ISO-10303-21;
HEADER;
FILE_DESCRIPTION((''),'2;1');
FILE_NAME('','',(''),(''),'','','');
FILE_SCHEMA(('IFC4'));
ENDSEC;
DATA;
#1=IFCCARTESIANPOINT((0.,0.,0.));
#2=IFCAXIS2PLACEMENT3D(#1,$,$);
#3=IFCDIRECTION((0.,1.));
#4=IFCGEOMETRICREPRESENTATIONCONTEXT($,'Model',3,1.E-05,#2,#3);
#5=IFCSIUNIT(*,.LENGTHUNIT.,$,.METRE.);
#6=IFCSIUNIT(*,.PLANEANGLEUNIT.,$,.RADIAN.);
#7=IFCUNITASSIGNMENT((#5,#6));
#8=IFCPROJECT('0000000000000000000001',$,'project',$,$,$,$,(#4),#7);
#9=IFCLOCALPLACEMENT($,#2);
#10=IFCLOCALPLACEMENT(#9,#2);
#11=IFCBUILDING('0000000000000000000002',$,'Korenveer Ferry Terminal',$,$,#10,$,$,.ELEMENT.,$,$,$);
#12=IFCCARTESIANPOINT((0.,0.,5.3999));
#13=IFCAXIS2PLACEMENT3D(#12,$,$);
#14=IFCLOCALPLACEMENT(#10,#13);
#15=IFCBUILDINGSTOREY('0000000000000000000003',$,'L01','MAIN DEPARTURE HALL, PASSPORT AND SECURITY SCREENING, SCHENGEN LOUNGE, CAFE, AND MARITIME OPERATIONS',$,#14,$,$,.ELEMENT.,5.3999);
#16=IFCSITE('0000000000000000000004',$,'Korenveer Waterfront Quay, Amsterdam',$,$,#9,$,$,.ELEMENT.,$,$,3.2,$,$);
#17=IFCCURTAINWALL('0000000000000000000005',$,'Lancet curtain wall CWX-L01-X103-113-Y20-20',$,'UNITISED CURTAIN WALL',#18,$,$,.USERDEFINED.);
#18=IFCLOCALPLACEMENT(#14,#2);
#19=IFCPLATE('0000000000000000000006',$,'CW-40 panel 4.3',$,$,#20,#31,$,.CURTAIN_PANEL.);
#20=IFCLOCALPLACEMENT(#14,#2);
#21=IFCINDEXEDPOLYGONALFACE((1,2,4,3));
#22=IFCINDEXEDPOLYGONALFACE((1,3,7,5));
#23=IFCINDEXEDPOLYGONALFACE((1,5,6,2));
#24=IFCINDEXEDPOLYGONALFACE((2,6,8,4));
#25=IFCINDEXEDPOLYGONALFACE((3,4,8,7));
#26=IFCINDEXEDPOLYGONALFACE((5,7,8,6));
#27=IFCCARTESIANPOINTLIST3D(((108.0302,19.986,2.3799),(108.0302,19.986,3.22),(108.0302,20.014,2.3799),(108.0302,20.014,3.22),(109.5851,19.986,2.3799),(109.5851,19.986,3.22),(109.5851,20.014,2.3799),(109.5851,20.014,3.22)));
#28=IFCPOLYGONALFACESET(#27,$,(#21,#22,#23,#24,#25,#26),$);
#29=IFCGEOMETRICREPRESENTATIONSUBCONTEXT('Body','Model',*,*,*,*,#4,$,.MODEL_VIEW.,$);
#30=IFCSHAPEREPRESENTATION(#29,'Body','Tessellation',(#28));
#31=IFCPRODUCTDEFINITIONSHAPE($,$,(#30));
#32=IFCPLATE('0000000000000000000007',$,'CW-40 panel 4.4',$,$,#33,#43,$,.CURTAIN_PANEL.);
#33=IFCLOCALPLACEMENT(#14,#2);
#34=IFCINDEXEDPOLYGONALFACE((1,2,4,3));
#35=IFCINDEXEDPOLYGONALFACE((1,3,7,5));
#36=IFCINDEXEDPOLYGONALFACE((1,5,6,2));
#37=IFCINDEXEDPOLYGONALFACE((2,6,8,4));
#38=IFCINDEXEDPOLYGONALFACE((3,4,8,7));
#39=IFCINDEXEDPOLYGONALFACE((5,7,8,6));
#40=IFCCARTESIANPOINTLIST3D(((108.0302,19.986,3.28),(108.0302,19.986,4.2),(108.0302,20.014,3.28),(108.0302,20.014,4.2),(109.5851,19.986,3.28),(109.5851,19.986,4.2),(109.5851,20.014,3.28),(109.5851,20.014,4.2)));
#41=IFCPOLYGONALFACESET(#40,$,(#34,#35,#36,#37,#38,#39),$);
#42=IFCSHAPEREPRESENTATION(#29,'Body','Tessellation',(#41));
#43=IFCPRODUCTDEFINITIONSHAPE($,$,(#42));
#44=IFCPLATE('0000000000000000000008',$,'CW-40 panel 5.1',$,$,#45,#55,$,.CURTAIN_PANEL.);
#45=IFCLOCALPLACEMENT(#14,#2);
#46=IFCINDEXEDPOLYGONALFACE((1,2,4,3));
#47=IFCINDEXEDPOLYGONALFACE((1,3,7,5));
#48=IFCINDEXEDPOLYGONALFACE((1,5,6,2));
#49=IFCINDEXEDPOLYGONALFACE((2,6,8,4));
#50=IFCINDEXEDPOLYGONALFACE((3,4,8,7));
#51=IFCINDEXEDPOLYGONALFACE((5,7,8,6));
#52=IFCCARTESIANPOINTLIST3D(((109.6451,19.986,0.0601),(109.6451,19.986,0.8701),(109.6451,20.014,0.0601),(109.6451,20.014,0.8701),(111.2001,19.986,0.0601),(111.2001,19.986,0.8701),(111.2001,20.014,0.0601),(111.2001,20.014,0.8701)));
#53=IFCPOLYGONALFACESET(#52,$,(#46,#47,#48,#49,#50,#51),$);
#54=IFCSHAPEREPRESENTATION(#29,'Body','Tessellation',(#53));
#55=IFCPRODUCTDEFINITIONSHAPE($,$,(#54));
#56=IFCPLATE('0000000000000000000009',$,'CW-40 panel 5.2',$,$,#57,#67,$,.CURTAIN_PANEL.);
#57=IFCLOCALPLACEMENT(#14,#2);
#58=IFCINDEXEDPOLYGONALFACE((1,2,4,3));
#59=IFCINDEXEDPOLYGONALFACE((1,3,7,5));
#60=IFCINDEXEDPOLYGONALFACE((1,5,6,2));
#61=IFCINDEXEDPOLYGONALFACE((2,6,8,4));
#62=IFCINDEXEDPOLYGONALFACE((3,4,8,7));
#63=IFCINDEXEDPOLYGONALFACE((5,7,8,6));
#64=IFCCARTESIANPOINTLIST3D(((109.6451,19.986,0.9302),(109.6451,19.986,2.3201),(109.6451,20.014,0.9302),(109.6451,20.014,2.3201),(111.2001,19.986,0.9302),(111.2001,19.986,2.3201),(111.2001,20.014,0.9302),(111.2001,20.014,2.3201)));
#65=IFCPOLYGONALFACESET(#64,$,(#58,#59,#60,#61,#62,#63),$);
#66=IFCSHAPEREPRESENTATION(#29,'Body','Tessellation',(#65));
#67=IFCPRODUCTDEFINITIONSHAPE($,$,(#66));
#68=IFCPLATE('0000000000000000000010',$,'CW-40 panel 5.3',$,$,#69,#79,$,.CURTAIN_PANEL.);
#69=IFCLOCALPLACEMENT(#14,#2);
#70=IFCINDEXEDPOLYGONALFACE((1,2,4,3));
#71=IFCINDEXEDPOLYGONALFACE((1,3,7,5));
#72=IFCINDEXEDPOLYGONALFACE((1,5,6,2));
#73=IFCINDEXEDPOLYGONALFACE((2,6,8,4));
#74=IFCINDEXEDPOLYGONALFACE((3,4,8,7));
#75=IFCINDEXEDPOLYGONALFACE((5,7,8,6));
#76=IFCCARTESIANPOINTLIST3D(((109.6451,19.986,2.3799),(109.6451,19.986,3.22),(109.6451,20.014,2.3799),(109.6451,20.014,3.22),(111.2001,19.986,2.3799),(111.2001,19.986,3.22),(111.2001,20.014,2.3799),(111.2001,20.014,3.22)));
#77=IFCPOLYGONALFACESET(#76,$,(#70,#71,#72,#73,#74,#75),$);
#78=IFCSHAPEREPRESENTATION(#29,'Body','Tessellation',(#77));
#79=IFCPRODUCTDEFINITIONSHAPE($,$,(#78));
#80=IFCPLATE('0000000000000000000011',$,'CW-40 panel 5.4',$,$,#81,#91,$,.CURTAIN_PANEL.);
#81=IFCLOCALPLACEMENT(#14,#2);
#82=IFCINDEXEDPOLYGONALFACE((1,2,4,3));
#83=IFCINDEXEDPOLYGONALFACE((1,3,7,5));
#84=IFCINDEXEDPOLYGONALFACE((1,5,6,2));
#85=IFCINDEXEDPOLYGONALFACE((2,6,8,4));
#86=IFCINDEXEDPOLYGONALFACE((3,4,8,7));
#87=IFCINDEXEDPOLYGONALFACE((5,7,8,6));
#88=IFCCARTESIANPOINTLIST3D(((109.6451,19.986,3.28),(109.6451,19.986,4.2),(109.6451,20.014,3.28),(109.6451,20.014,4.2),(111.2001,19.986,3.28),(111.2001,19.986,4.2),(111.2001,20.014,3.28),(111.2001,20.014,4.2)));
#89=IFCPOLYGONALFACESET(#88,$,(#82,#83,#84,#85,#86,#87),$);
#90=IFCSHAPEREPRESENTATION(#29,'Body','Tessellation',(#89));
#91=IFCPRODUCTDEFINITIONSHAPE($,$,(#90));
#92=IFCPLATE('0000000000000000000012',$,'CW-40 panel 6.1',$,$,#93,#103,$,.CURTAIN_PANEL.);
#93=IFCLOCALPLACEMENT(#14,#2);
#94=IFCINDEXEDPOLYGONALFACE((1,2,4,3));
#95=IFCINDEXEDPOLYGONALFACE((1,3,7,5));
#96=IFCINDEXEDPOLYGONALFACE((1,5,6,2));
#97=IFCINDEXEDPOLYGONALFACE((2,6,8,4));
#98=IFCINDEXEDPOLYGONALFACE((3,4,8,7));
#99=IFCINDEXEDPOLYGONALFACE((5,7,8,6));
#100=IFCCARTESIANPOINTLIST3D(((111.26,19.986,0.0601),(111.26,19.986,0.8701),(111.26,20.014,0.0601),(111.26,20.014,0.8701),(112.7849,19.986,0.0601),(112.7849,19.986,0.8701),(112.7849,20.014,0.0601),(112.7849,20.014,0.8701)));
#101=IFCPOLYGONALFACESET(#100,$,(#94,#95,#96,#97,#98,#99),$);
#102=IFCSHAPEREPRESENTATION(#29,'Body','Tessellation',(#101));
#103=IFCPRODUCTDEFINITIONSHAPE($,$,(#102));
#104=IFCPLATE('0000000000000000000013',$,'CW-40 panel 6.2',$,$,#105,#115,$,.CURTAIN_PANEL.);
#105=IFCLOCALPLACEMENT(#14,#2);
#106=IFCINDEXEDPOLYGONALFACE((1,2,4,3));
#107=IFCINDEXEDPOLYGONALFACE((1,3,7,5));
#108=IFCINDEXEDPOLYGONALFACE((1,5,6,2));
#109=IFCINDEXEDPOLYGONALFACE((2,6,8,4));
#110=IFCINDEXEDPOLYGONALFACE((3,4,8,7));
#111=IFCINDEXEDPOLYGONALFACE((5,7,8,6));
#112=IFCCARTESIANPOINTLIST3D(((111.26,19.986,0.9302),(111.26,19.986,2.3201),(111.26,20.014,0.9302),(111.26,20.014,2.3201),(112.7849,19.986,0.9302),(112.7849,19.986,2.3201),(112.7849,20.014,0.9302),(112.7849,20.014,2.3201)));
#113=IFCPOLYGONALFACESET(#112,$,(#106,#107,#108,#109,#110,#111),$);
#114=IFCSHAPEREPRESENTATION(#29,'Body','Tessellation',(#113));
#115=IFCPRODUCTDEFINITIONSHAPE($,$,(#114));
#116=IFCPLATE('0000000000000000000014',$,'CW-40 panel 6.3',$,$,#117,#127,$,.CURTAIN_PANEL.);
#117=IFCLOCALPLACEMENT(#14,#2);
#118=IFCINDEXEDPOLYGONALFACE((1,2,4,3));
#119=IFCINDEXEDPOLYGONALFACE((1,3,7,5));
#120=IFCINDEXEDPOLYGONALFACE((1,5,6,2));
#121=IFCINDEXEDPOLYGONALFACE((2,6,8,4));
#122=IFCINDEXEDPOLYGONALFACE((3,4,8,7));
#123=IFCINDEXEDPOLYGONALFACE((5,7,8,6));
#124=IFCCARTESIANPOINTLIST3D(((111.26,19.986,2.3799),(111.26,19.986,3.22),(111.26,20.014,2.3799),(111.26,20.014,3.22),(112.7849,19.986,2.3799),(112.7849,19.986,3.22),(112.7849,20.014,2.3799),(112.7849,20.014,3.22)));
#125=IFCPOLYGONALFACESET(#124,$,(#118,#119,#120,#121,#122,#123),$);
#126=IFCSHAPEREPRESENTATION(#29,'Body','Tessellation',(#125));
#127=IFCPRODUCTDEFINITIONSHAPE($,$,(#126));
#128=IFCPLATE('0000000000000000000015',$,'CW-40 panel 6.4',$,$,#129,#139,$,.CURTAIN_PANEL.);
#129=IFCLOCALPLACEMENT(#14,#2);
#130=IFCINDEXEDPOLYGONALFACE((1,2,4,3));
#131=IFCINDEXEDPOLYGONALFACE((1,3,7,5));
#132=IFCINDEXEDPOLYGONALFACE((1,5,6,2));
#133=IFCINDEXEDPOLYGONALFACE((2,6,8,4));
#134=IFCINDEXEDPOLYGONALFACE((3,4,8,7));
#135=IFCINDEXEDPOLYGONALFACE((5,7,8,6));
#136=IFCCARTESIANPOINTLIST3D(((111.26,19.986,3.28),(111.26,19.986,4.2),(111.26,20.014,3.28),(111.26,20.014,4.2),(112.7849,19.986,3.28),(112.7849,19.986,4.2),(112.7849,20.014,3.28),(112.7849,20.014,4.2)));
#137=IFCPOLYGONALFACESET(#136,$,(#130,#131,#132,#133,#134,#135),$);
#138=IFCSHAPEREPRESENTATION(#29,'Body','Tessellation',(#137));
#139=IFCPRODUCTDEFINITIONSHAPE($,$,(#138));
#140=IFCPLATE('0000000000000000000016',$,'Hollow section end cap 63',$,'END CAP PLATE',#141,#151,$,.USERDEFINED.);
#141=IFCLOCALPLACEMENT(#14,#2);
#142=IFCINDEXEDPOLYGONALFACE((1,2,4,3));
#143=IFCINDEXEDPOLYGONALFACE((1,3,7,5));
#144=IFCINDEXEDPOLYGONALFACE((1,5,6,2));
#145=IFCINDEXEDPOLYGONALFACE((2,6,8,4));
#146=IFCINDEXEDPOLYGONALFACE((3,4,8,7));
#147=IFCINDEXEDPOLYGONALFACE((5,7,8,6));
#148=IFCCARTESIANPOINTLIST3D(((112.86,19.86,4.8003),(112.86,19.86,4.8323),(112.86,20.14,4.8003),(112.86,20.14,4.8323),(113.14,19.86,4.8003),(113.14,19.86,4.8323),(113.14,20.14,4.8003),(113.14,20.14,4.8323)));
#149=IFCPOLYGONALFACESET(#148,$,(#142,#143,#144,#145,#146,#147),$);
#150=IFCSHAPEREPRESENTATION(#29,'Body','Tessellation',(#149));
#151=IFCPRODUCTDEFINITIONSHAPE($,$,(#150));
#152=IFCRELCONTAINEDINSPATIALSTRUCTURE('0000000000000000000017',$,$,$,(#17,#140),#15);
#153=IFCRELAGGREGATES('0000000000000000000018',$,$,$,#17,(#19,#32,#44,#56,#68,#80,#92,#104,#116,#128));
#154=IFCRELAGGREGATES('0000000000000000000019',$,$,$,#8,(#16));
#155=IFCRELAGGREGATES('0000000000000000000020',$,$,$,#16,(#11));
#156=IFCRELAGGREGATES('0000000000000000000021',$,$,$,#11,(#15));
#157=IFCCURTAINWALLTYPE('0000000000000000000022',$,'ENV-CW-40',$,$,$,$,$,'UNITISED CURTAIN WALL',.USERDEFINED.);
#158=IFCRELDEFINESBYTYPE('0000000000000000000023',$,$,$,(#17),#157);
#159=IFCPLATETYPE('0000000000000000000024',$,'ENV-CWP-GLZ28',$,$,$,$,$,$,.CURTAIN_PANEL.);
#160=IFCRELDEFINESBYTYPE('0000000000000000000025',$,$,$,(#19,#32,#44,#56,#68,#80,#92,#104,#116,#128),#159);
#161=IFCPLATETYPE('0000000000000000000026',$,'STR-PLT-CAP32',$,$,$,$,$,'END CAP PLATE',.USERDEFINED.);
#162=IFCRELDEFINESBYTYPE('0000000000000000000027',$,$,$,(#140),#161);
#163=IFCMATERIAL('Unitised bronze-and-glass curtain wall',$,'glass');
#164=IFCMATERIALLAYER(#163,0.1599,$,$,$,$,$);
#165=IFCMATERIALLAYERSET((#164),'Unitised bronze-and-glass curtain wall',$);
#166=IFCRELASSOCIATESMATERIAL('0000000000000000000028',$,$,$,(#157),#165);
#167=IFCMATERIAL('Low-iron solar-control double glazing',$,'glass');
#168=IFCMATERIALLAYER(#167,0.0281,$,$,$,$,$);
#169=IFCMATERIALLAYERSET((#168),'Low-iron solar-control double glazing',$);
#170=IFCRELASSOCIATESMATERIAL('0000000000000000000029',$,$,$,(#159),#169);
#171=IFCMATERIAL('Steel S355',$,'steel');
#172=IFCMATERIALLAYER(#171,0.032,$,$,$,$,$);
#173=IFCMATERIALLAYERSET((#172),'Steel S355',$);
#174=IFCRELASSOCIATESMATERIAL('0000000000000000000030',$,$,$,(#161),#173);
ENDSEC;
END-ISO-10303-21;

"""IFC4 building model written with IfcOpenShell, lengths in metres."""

from ifc_helpers import new_model, si_unit, direction, frame, origin, origin_2d, place, context, subcontext, project, spatial, rectangle, extrude, material, layer, layer_set, type_object, element, aggregate, save


model = new_model("IFC4")

# Units and contexts
model_context = context("Model", 3, precision=1e-05, world=origin(), true_north=direction((0.0, 1.0)))
body_context = subcontext(model_context, "Body", "Model", "MODEL_VIEW")
ifc_project = project(units=[si_unit("LENGTHUNIT", "METRE"), si_unit("PLANEANGLEUNIT", "RADIAN")], contexts=[model_context])

# Site, building, storey
site_placement = place(None, origin())
site = spatial("IfcSite", under=ifc_project, at=site_placement, Name="Korenveer Waterfront Quay, Amsterdam", CompositionType="ELEMENT", RefElevation=3.2)
building_placement = place(site_placement, origin())
building = spatial("IfcBuilding", under=site, at=building_placement, Name="Korenveer Ferry Terminal", CompositionType="ELEMENT")
storey_placement = place(building_placement, frame((0.0, 0.0, 5.3999)))
storey = spatial("IfcBuildingStorey", under=building, at=storey_placement, Name="L01", Description="MAIN DEPARTURE HALL, PASSPORT AND SECURITY SCREENING, SCHENGEN LOUNGE, CAFE, AND MARITIME OPERATIONS", CompositionType="ELEMENT", Elevation=5.3999)

# Shared definitions
ifc_material_1 = material(Name="Steel S355", Category="steel")

# Curtain wall
ifc_material_2 = material(Name="Unitised bronze-and-glass curtain wall", Category="glass")
ifc_layer_1 = layer(ifc_material_2, 0.1599)
ifc_layer_set_1 = layer_set([ifc_layer_1], Name="Unitised bronze-and-glass curtain wall")
curtain_wall_type_1 = type_object("IfcCurtainWallType", Name="ENV-CW-40", ElementType="UNITISED CURTAIN WALL", PredefinedType="USERDEFINED", material=ifc_layer_set_1)
curtain_wall_1_placement = place(storey_placement, frame((103.155, 20.0, 0.0)))
curtain_wall_1 = element("IfcCurtainWall", 1, at=curtain_wall_1_placement, inside=storey, type_object=curtain_wall_type_1, Name="Lancet curtain wall CWX-L01-X103-113-Y20-20", ObjectType="UNITISED CURTAIN WALL", PredefinedType="USERDEFINED")

# Plates
ifc_material_3 = material(Name="Low-iron solar-control double glazing", Category="glass")
ifc_layer_2 = layer(ifc_material_3, 0.0281)
ifc_layer_set_2 = layer_set([ifc_layer_2], Name="Low-iron solar-control double glazing")
plate_type_1 = type_object("IfcPlateType", Name="ENV-CWP-GLZ28", PredefinedType="CURTAIN_PANEL", material=ifc_layer_set_2)
plate_1_placement = place(storey_placement, frame((108.8076, 20.0, 2.3799), z_axis=(0.0, 0.0, 1.0), x_axis=(1.0, 0.0, 0.0)))
plate_1 = element("IfcPlate", 2, at=plate_1_placement, type_object=plate_type_1, Name="CW-40 panel 4.3", PredefinedType="CURTAIN_PANEL", context=body_context, shape_type="SweptSolid", body=[
    extrude(rectangle(XDim=1.5549, YDim=0.0281, at=origin_2d()), origin(), (0.0, 0.0, 1.0), 0.8401),
])
plate_2_placement = place(storey_placement, frame((108.8076, 20.0, 3.28), z_axis=(0.0, 0.0, 1.0), x_axis=(1.0, 0.0, 0.0)))
plate_2 = element("IfcPlate", 3, at=plate_2_placement, type_object=plate_type_1, Name="CW-40 panel 4.4", PredefinedType="CURTAIN_PANEL", context=body_context, shape_type="SweptSolid", body=[
    extrude(rectangle(XDim=1.5549, YDim=0.0281, at=origin_2d()), origin(), (0.0, 0.0, 1.0), 0.9199),
])
plate_3_placement = place(storey_placement, frame((110.4226, 20.0, 0.0601), z_axis=(0.0, 0.0, 1.0), x_axis=(1.0, 0.0, 0.0)))
plate_3 = element("IfcPlate", 4, at=plate_3_placement, type_object=plate_type_1, Name="CW-40 panel 5.1", PredefinedType="CURTAIN_PANEL", context=body_context, shape_type="SweptSolid", body=[
    extrude(rectangle(XDim=1.5549, YDim=0.0281, at=origin_2d()), origin(), (0.0, 0.0, 1.0), 0.8101),
])
plate_4_placement = place(storey_placement, frame((110.4226, 20.0, 0.9302), z_axis=(0.0, 0.0, 1.0), x_axis=(1.0, 0.0, 0.0)))
plate_4 = element("IfcPlate", 5, at=plate_4_placement, type_object=plate_type_1, Name="CW-40 panel 5.2", PredefinedType="CURTAIN_PANEL", context=body_context, shape_type="SweptSolid", body=[
    extrude(rectangle(XDim=1.5549, YDim=0.0281, at=origin_2d()), origin(), (0.0, 0.0, 1.0), 1.3899),
])
plate_5_placement = place(storey_placement, frame((110.4226, 20.0, 2.3799), z_axis=(0.0, 0.0, 1.0), x_axis=(1.0, 0.0, 0.0)))
plate_5 = element("IfcPlate", 6, at=plate_5_placement, type_object=plate_type_1, Name="CW-40 panel 5.3", PredefinedType="CURTAIN_PANEL", context=body_context, shape_type="SweptSolid", body=[
    extrude(rectangle(XDim=1.5549, YDim=0.0281, at=origin_2d()), origin(), (0.0, 0.0, 1.0), 0.8401),
])
plate_6_placement = place(storey_placement, frame((110.4226, 20.0, 3.28), z_axis=(0.0, 0.0, 1.0), x_axis=(1.0, 0.0, 0.0)))
plate_6 = element("IfcPlate", 7, at=plate_6_placement, type_object=plate_type_1, Name="CW-40 panel 5.4", PredefinedType="CURTAIN_PANEL", context=body_context, shape_type="SweptSolid", body=[
    extrude(rectangle(XDim=1.5549, YDim=0.0281, at=origin_2d()), origin(), (0.0, 0.0, 1.0), 0.9199),
])
plate_7_placement = place(storey_placement, frame((112.0225, 20.0, 0.0601), z_axis=(0.0, 0.0, 1.0), x_axis=(1.0, 0.0, 0.0)))
plate_7 = element("IfcPlate", 8, at=plate_7_placement, type_object=plate_type_1, Name="CW-40 panel 6.1", PredefinedType="CURTAIN_PANEL", context=body_context, shape_type="SweptSolid", body=[
    extrude(rectangle(XDim=1.5249, YDim=0.0281, at=origin_2d()), origin(), (0.0, 0.0, 1.0), 0.8101),
])
plate_8_placement = place(storey_placement, frame((112.0225, 20.0, 0.9302), z_axis=(0.0, 0.0, 1.0), x_axis=(1.0, 0.0, 0.0)))
plate_8 = element("IfcPlate", 9, at=plate_8_placement, type_object=plate_type_1, Name="CW-40 panel 6.2", PredefinedType="CURTAIN_PANEL", context=body_context, shape_type="SweptSolid", body=[
    extrude(rectangle(XDim=1.5249, YDim=0.0281, at=origin_2d()), origin(), (0.0, 0.0, 1.0), 1.3899),
])
plate_9_placement = place(storey_placement, frame((112.0225, 20.0, 2.3799), z_axis=(0.0, 0.0, 1.0), x_axis=(1.0, 0.0, 0.0)))
plate_9 = element("IfcPlate", 10, at=plate_9_placement, type_object=plate_type_1, Name="CW-40 panel 6.3", PredefinedType="CURTAIN_PANEL", context=body_context, shape_type="SweptSolid", body=[
    extrude(rectangle(XDim=1.5249, YDim=0.0281, at=origin_2d()), origin(), (0.0, 0.0, 1.0), 0.8401),
])
plate_10_placement = place(storey_placement, frame((112.0225, 20.0, 3.28), z_axis=(0.0, 0.0, 1.0), x_axis=(1.0, 0.0, 0.0)))
plate_10 = element("IfcPlate", 11, at=plate_10_placement, type_object=plate_type_1, Name="CW-40 panel 6.4", PredefinedType="CURTAIN_PANEL", context=body_context, shape_type="SweptSolid", body=[
    extrude(rectangle(XDim=1.5249, YDim=0.0281, at=origin_2d()), origin(), (0.0, 0.0, 1.0), 0.9199),
])
aggregate(curtain_wall_1, [plate_1, plate_2, plate_3, plate_4, plate_5, plate_6, plate_7, plate_8, plate_9, plate_10])
ifc_layer_3 = layer(ifc_material_1, 0.032)
ifc_layer_set_3 = layer_set([ifc_layer_3], Name="Steel S355")
plate_type_2 = type_object("IfcPlateType", Name="STR-PLT-CAP32", ElementType="END CAP PLATE", PredefinedType="USERDEFINED", material=ifc_layer_set_3)
plate_11_placement = place(storey_placement, frame((113.0, 20.0, 4.8003), z_axis=(0.0, 0.0, 1.0), x_axis=(1.0, 0.0, 0.0)))
element("IfcPlate", 12, at=plate_11_placement, inside=storey, type_object=plate_type_2, Name="Hollow section end cap 63", ObjectType="END CAP PLATE", PredefinedType="USERDEFINED", context=body_context, shape_type="SweptSolid", body=[
    extrude(rectangle(XDim=0.28, YDim=0.28, at=origin_2d()), origin(), (0.0, 0.0, 1.0), 0.032),
])

save(model, "model.ifc")
